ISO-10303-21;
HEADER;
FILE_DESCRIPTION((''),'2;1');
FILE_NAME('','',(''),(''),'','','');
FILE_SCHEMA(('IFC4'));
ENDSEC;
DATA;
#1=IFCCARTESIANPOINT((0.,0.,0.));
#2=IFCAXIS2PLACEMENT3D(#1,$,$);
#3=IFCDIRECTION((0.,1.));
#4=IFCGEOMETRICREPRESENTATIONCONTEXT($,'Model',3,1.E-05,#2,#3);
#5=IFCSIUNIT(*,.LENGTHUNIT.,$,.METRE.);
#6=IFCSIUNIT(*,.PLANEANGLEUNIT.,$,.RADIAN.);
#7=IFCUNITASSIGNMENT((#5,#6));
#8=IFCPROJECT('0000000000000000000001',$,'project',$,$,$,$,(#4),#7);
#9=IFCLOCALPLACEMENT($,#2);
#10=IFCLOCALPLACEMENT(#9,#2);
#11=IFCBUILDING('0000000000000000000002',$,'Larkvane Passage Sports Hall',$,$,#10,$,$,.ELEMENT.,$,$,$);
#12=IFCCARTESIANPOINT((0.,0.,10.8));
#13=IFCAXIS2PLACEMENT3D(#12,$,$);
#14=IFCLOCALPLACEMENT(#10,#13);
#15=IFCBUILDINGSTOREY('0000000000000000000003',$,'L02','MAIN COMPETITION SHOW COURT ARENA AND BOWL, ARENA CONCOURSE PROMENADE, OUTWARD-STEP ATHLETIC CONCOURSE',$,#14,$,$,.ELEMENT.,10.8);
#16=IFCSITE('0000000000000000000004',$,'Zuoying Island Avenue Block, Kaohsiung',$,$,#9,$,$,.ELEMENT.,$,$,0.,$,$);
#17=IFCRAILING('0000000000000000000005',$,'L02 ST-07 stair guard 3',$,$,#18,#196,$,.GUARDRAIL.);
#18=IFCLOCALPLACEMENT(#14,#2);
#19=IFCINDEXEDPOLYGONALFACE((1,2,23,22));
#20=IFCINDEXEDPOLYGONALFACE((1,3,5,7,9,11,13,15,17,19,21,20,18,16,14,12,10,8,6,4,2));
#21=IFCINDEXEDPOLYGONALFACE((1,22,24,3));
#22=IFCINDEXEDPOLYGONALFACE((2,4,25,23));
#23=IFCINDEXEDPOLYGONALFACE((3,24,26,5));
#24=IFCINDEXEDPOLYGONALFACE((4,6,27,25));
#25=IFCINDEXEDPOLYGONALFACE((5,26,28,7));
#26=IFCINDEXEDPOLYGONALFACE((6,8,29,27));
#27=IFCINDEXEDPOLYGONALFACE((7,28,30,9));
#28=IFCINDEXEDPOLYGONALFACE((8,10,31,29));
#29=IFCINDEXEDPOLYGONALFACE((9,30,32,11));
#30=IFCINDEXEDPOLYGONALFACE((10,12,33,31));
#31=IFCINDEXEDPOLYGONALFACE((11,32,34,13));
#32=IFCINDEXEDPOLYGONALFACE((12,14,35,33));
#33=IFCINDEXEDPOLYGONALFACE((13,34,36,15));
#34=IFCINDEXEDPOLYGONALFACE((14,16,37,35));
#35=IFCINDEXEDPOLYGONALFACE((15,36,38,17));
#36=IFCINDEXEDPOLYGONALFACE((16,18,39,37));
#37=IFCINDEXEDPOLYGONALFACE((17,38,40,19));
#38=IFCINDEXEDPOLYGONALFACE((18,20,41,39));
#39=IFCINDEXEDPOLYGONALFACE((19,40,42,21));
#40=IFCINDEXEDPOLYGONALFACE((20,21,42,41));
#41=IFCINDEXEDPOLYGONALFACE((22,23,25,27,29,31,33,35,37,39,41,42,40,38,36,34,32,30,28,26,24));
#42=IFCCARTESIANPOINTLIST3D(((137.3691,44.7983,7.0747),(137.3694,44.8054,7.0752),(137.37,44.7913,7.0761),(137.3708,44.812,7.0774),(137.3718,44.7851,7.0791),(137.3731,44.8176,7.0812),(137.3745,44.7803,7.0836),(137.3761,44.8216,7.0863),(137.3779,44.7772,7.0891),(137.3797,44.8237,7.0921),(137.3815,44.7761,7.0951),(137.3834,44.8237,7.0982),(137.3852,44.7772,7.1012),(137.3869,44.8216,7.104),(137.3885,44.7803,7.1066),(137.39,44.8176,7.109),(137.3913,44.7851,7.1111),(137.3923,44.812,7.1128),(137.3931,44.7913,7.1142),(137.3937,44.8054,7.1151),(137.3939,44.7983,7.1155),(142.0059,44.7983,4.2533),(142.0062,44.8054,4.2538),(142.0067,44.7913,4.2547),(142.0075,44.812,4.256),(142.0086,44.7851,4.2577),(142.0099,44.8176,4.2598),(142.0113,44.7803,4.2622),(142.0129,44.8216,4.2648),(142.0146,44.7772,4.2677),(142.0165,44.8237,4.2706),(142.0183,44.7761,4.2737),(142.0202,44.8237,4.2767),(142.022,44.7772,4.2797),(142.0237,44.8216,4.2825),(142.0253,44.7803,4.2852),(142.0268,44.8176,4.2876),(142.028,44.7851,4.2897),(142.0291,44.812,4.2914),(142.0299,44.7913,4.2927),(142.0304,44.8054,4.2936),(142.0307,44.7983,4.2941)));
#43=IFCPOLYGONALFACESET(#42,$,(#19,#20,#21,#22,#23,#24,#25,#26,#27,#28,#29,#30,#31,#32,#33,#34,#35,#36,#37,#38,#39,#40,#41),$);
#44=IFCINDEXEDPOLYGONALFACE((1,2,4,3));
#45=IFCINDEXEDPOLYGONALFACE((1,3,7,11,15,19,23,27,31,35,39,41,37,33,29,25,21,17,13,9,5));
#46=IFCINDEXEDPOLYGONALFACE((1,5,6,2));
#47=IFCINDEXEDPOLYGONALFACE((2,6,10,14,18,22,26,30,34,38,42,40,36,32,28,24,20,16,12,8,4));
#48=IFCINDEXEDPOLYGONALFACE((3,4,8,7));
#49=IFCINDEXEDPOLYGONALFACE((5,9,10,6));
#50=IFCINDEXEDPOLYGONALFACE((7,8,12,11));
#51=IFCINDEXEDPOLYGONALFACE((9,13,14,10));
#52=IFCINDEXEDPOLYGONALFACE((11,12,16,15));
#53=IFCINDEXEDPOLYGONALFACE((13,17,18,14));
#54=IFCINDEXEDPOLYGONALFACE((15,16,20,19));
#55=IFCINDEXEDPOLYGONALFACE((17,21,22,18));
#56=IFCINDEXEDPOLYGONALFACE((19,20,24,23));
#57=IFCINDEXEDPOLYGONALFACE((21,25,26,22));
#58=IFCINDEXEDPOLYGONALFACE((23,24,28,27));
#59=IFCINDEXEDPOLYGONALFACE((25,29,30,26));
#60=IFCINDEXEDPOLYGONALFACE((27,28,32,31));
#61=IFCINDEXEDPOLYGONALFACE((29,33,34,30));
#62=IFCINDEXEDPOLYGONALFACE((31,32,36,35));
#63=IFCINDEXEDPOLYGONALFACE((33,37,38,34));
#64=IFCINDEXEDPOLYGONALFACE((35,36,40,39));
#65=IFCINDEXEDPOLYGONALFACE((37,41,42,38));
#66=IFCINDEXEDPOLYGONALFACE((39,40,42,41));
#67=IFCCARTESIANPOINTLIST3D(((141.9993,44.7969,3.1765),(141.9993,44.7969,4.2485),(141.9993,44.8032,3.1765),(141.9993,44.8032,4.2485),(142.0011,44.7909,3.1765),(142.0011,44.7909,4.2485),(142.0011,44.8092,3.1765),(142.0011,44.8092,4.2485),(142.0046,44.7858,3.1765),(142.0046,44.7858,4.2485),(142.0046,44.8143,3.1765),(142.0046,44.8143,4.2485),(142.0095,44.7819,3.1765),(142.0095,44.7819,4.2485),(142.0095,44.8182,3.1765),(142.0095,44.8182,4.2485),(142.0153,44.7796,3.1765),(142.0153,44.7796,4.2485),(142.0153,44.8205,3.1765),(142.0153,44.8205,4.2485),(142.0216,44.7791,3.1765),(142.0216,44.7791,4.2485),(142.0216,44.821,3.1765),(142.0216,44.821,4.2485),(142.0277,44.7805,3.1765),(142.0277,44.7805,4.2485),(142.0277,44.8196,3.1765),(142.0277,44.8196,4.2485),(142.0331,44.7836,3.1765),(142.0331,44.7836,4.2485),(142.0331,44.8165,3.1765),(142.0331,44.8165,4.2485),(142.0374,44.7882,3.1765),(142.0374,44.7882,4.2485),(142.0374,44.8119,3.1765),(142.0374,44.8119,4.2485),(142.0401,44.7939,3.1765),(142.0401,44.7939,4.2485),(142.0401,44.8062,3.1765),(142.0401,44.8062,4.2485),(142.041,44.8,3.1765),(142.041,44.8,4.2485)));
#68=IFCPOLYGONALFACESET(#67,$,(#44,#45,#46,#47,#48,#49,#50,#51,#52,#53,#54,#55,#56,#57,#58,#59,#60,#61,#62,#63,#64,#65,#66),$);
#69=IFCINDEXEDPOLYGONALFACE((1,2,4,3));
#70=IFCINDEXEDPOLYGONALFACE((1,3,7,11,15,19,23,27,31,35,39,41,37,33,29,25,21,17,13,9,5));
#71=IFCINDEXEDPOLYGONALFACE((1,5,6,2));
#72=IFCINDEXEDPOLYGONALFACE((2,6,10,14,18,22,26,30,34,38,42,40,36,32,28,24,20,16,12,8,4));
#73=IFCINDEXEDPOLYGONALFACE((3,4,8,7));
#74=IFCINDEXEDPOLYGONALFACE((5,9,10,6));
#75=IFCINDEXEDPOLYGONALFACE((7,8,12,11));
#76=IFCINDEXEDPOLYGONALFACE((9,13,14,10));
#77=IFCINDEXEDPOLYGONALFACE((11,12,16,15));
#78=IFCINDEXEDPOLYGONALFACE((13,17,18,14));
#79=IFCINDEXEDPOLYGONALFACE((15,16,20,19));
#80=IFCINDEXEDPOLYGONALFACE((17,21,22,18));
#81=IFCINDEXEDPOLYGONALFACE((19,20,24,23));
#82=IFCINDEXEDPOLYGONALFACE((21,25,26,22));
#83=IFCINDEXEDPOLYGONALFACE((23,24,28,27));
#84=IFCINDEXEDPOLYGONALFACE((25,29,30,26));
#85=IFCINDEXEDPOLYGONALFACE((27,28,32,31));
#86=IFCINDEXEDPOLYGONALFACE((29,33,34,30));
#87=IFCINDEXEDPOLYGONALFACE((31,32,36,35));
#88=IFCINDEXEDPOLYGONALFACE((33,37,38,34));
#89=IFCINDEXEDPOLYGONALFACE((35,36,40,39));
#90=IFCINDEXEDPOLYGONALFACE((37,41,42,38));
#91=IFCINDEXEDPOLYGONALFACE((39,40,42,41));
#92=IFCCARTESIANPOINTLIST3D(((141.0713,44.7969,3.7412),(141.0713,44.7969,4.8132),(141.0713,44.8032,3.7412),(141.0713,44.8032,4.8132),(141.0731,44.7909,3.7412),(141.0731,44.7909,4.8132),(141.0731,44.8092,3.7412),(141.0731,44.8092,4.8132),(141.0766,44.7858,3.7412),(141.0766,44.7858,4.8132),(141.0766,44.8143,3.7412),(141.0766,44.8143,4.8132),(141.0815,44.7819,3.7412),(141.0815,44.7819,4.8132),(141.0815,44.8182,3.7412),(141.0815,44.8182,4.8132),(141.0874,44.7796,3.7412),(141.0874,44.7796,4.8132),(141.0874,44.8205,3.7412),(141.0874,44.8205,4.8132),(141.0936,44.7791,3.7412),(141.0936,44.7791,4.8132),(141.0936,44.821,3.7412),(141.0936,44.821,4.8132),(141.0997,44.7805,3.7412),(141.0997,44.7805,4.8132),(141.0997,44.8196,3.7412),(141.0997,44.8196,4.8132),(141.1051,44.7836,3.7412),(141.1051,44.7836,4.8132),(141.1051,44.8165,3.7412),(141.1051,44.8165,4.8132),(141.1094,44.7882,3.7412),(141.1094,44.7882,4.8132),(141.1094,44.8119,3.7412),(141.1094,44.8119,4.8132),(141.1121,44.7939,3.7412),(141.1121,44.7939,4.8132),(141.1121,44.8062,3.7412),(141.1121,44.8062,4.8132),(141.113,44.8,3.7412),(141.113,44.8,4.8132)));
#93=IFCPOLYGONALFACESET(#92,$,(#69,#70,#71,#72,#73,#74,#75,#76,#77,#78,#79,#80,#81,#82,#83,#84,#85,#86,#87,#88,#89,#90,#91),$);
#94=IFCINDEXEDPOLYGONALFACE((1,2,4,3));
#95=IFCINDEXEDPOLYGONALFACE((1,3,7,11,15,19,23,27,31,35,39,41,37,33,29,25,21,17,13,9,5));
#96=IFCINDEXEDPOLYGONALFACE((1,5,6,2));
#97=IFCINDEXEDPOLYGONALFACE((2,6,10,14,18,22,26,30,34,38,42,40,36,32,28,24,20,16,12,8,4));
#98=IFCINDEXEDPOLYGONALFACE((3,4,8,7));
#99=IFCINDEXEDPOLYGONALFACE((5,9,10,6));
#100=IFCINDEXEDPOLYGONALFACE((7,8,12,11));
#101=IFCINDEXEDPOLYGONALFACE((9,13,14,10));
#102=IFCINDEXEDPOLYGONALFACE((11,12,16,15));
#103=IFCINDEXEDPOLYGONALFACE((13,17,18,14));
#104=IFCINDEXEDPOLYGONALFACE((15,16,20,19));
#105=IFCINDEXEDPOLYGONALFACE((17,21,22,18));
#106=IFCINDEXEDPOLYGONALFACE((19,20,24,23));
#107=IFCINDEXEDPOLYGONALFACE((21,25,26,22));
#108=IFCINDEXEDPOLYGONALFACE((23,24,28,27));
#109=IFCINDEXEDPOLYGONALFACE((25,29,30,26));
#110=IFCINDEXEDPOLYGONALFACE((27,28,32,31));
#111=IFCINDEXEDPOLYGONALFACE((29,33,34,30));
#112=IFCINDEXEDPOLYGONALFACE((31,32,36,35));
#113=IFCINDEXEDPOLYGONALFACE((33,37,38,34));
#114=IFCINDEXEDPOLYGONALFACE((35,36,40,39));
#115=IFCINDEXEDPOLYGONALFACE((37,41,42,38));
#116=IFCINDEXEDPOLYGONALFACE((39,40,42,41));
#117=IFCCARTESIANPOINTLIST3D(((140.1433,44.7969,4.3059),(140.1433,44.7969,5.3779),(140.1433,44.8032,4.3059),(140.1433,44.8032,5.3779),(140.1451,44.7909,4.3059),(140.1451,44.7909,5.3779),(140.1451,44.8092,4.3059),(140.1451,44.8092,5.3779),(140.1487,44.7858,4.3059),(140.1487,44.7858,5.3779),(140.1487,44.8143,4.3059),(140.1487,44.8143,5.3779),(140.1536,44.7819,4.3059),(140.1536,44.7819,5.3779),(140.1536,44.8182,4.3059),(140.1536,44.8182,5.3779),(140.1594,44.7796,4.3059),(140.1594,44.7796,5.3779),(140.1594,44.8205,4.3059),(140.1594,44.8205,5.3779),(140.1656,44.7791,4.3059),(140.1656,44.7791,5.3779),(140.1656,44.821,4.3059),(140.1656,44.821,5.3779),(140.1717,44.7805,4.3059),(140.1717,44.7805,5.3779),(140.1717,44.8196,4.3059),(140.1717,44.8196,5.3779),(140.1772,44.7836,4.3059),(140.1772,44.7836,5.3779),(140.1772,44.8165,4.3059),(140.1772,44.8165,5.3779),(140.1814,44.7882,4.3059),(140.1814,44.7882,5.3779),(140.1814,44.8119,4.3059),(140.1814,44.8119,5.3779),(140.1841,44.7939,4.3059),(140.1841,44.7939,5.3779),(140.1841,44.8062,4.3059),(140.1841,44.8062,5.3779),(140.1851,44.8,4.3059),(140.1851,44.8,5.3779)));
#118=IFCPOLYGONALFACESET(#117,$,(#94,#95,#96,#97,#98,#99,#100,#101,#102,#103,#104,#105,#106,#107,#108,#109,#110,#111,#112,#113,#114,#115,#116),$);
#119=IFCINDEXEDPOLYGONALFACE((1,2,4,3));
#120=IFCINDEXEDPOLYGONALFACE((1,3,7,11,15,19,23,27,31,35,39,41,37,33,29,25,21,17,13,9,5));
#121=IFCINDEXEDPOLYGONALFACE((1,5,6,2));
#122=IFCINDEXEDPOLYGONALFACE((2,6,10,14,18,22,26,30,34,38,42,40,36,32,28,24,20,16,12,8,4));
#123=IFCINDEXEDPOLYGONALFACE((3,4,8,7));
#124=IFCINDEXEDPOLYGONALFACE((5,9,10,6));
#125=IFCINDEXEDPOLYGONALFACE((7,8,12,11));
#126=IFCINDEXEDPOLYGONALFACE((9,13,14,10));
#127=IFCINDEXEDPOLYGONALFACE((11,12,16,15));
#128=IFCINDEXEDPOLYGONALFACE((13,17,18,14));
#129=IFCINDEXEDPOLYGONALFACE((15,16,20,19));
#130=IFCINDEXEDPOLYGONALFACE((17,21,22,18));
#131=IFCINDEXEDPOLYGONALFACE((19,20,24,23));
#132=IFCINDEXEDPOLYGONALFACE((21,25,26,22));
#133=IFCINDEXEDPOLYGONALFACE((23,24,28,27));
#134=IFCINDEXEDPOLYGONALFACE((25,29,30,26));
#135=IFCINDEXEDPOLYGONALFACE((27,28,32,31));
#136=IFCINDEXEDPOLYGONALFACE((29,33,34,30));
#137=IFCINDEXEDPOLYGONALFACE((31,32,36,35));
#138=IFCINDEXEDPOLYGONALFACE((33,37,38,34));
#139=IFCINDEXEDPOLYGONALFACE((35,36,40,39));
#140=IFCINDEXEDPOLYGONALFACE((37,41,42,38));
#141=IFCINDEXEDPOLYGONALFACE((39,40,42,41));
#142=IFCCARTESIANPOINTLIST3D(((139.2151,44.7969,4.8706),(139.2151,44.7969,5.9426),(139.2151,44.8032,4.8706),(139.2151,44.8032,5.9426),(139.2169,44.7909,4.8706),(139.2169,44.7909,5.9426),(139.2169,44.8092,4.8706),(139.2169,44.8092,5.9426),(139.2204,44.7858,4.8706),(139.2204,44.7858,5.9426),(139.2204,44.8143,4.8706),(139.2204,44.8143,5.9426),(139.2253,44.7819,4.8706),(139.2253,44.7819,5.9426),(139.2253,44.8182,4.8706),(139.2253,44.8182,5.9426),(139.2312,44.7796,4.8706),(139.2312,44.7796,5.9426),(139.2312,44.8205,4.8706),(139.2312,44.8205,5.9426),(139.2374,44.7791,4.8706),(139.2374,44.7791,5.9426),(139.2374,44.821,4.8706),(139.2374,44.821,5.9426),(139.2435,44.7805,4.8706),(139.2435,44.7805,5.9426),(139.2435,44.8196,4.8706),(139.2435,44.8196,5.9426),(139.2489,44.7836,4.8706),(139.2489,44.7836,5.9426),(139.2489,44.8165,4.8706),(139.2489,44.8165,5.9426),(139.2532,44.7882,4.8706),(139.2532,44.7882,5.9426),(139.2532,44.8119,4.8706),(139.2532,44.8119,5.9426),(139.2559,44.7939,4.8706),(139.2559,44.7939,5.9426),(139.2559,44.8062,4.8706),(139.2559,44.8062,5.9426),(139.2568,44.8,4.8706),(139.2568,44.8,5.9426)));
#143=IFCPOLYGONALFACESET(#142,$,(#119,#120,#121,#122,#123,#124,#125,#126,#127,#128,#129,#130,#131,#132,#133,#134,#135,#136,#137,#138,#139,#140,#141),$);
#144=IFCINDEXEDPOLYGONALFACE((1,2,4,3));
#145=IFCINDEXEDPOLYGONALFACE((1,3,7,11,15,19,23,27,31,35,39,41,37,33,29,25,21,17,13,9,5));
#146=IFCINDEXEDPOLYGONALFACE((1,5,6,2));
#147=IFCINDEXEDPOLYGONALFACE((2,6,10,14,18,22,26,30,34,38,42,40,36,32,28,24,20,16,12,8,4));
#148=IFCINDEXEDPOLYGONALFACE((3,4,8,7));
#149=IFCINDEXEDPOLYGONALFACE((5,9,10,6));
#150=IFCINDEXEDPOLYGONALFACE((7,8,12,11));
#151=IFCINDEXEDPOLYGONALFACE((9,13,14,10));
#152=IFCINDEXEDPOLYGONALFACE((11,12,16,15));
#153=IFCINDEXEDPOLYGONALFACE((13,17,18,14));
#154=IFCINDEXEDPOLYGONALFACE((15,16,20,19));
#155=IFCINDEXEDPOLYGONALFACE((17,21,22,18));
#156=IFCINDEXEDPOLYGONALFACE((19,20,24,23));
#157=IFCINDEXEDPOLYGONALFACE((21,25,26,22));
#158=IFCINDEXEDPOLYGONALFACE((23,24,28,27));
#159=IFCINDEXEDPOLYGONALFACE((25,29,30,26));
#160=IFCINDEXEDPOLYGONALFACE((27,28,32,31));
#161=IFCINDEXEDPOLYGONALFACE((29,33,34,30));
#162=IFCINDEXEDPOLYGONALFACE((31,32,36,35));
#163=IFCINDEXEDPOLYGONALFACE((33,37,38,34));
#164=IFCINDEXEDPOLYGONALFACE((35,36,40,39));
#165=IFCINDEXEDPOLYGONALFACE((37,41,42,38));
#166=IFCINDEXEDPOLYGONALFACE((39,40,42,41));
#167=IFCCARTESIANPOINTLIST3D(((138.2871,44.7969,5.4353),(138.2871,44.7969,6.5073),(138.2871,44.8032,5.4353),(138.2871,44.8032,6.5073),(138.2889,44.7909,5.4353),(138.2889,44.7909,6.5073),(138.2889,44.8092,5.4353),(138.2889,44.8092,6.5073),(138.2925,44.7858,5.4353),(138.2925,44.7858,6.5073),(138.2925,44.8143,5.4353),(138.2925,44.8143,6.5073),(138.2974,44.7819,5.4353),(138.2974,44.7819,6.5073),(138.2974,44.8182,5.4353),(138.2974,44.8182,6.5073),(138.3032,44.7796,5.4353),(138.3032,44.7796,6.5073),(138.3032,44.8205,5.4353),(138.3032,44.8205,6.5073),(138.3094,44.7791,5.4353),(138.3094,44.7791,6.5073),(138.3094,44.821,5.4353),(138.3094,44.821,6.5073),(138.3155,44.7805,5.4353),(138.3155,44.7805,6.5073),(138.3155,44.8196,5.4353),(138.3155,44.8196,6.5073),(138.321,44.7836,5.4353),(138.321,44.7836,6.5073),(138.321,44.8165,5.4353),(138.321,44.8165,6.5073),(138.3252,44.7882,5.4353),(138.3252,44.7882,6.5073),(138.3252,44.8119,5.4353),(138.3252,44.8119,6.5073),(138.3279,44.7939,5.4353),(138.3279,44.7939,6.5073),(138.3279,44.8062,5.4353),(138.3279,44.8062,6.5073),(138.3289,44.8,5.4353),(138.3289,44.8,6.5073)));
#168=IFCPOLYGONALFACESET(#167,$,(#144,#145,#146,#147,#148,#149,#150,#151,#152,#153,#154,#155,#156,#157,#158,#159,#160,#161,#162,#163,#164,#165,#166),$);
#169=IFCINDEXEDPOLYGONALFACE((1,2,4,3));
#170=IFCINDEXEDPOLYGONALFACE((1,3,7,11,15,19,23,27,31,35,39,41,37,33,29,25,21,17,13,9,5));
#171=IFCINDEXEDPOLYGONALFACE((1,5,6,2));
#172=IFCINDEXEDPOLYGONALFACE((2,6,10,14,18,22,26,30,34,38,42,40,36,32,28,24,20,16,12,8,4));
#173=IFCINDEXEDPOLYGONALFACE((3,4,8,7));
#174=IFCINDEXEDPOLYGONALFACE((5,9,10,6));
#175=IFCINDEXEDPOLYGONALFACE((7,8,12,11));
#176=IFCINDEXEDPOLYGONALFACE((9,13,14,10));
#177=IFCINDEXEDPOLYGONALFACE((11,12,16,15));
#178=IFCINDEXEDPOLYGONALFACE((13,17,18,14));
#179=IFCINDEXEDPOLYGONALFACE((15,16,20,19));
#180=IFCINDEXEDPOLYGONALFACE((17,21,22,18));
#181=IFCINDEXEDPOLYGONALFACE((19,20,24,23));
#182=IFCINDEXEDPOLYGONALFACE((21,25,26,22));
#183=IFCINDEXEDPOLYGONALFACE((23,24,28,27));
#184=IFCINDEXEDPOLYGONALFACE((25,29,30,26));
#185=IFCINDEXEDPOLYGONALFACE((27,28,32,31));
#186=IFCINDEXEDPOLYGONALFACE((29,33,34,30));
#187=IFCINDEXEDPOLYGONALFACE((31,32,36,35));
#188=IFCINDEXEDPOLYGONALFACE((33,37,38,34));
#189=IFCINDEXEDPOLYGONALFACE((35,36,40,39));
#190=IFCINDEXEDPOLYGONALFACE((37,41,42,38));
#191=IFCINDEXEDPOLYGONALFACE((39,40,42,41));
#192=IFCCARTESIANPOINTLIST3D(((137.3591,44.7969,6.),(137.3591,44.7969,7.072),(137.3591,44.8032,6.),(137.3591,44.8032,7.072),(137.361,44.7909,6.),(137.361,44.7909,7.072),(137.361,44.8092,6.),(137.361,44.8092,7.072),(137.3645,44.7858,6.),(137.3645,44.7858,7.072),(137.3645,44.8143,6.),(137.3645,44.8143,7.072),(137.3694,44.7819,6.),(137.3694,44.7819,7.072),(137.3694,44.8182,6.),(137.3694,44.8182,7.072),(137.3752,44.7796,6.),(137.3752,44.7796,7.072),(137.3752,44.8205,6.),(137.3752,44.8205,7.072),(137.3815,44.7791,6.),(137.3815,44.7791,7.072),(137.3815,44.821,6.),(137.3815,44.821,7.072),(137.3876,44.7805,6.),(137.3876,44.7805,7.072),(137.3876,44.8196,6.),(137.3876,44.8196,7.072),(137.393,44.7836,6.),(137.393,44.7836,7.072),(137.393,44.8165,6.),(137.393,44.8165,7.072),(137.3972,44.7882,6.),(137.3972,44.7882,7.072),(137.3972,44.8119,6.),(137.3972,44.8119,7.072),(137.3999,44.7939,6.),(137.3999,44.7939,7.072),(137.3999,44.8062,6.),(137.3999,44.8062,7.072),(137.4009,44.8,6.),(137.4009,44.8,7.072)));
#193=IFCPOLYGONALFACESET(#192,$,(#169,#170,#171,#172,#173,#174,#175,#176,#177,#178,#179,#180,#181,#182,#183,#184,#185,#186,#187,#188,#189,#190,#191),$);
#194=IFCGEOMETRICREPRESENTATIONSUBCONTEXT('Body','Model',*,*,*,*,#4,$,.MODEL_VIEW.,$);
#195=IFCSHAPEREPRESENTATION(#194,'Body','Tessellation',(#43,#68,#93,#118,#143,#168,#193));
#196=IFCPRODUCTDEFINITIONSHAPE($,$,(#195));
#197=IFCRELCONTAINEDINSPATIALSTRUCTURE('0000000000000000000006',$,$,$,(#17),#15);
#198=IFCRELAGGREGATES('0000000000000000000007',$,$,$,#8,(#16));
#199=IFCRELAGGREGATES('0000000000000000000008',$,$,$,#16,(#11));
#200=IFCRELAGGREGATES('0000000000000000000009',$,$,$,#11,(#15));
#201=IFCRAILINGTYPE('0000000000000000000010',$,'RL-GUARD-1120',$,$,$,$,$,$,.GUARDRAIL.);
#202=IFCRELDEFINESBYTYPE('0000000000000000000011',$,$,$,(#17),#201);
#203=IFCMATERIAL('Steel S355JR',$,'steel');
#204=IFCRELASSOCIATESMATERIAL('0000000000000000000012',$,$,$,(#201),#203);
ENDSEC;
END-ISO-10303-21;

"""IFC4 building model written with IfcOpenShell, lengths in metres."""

from ifc_helpers import new_model, si_unit, direction, frame, origin, origin_2d, place, context, subcontext, project, spatial, circle, extrude, material, type_object, element, save


model = new_model("IFC4")

# Units and contexts
model_context = context("Model", 3, precision=1e-05, world=origin(), true_north=direction((0.0, 1.0)))
body_context = subcontext(model_context, "Body", "Model", "MODEL_VIEW")
ifc_project = project(units=[si_unit("LENGTHUNIT", "METRE"), si_unit("PLANEANGLEUNIT", "RADIAN")], contexts=[model_context])

# Site, building, storey
site_placement = place(None, origin())
site = spatial("IfcSite", under=ifc_project, at=site_placement, Name="Zuoying Island Avenue Block, Kaohsiung", CompositionType="ELEMENT", RefElevation=0.0)
building_placement = place(site_placement, origin())
building = spatial("IfcBuilding", under=site, at=building_placement, Name="Larkvane Passage Sports Hall", CompositionType="ELEMENT")
storey_placement = place(building_placement, frame((0.0, 0.0, 10.8)))
storey = spatial("IfcBuildingStorey", under=building, at=storey_placement, Name="L02", Description="MAIN COMPETITION SHOW COURT ARENA AND BOWL, ARENA CONCOURSE PROMENADE, OUTWARD-STEP ATHLETIC CONCOURSE", CompositionType="ELEMENT", Elevation=10.8)

# Shared definitions
ifc_material_1 = material(Name="Steel S355JR", Category="steel")

# Railing
railing_type_1 = type_object("IfcRailingType", Name="RL-GUARD-1120", PredefinedType="GUARDRAIL", material=ifc_material_1)
railing_1_placement = place(storey_placement, frame((142.02, 44.8, 3.1765)))
element("IfcRailing", 1, at=railing_1_placement, inside=storey, type_object=railing_type_1, Name="L02 ST-07 stair guard 3", PredefinedType="GUARDRAIL", context=body_context, shape_type="SweptSolid", body=[
    extrude(circle(Radius=0.0239, at=origin_2d()), frame((-0.0017, 0.0, 1.0972), z_axis=(-0.854276, 0.0, 0.51982), x_axis=(0.0, -1.0, 0.0)), (0.0, 0.0, 1.0), 5.4277),
    extrude(circle(Radius=0.021, at=origin_2d()), origin(), (0.0, 0.0, 1.0), 1.072),
    extrude(circle(Radius=0.021, at=origin_2d()), frame((-0.928, 0.0, 0.5647)), (0.0, 0.0, 1.0), 1.072),
    extrude(circle(Radius=0.021, at=origin_2d()), frame((-1.856, 0.0, 1.1294)), (0.0, 0.0, 1.0), 1.072),
    extrude(circle(Radius=0.021, at=origin_2d()), frame((-2.7842, 0.0, 1.6941)), (0.0, 0.0, 1.0), 1.072),
    extrude(circle(Radius=0.021, at=origin_2d()), frame((-3.7122, 0.0, 2.2588)), (0.0, 0.0, 1.0), 1.072),
    extrude(circle(Radius=0.021, at=origin_2d()), frame((-4.6401, 0.0, 2.8235)), (0.0, 0.0, 1.0), 1.072),
])

save(model, "model.ifc")
